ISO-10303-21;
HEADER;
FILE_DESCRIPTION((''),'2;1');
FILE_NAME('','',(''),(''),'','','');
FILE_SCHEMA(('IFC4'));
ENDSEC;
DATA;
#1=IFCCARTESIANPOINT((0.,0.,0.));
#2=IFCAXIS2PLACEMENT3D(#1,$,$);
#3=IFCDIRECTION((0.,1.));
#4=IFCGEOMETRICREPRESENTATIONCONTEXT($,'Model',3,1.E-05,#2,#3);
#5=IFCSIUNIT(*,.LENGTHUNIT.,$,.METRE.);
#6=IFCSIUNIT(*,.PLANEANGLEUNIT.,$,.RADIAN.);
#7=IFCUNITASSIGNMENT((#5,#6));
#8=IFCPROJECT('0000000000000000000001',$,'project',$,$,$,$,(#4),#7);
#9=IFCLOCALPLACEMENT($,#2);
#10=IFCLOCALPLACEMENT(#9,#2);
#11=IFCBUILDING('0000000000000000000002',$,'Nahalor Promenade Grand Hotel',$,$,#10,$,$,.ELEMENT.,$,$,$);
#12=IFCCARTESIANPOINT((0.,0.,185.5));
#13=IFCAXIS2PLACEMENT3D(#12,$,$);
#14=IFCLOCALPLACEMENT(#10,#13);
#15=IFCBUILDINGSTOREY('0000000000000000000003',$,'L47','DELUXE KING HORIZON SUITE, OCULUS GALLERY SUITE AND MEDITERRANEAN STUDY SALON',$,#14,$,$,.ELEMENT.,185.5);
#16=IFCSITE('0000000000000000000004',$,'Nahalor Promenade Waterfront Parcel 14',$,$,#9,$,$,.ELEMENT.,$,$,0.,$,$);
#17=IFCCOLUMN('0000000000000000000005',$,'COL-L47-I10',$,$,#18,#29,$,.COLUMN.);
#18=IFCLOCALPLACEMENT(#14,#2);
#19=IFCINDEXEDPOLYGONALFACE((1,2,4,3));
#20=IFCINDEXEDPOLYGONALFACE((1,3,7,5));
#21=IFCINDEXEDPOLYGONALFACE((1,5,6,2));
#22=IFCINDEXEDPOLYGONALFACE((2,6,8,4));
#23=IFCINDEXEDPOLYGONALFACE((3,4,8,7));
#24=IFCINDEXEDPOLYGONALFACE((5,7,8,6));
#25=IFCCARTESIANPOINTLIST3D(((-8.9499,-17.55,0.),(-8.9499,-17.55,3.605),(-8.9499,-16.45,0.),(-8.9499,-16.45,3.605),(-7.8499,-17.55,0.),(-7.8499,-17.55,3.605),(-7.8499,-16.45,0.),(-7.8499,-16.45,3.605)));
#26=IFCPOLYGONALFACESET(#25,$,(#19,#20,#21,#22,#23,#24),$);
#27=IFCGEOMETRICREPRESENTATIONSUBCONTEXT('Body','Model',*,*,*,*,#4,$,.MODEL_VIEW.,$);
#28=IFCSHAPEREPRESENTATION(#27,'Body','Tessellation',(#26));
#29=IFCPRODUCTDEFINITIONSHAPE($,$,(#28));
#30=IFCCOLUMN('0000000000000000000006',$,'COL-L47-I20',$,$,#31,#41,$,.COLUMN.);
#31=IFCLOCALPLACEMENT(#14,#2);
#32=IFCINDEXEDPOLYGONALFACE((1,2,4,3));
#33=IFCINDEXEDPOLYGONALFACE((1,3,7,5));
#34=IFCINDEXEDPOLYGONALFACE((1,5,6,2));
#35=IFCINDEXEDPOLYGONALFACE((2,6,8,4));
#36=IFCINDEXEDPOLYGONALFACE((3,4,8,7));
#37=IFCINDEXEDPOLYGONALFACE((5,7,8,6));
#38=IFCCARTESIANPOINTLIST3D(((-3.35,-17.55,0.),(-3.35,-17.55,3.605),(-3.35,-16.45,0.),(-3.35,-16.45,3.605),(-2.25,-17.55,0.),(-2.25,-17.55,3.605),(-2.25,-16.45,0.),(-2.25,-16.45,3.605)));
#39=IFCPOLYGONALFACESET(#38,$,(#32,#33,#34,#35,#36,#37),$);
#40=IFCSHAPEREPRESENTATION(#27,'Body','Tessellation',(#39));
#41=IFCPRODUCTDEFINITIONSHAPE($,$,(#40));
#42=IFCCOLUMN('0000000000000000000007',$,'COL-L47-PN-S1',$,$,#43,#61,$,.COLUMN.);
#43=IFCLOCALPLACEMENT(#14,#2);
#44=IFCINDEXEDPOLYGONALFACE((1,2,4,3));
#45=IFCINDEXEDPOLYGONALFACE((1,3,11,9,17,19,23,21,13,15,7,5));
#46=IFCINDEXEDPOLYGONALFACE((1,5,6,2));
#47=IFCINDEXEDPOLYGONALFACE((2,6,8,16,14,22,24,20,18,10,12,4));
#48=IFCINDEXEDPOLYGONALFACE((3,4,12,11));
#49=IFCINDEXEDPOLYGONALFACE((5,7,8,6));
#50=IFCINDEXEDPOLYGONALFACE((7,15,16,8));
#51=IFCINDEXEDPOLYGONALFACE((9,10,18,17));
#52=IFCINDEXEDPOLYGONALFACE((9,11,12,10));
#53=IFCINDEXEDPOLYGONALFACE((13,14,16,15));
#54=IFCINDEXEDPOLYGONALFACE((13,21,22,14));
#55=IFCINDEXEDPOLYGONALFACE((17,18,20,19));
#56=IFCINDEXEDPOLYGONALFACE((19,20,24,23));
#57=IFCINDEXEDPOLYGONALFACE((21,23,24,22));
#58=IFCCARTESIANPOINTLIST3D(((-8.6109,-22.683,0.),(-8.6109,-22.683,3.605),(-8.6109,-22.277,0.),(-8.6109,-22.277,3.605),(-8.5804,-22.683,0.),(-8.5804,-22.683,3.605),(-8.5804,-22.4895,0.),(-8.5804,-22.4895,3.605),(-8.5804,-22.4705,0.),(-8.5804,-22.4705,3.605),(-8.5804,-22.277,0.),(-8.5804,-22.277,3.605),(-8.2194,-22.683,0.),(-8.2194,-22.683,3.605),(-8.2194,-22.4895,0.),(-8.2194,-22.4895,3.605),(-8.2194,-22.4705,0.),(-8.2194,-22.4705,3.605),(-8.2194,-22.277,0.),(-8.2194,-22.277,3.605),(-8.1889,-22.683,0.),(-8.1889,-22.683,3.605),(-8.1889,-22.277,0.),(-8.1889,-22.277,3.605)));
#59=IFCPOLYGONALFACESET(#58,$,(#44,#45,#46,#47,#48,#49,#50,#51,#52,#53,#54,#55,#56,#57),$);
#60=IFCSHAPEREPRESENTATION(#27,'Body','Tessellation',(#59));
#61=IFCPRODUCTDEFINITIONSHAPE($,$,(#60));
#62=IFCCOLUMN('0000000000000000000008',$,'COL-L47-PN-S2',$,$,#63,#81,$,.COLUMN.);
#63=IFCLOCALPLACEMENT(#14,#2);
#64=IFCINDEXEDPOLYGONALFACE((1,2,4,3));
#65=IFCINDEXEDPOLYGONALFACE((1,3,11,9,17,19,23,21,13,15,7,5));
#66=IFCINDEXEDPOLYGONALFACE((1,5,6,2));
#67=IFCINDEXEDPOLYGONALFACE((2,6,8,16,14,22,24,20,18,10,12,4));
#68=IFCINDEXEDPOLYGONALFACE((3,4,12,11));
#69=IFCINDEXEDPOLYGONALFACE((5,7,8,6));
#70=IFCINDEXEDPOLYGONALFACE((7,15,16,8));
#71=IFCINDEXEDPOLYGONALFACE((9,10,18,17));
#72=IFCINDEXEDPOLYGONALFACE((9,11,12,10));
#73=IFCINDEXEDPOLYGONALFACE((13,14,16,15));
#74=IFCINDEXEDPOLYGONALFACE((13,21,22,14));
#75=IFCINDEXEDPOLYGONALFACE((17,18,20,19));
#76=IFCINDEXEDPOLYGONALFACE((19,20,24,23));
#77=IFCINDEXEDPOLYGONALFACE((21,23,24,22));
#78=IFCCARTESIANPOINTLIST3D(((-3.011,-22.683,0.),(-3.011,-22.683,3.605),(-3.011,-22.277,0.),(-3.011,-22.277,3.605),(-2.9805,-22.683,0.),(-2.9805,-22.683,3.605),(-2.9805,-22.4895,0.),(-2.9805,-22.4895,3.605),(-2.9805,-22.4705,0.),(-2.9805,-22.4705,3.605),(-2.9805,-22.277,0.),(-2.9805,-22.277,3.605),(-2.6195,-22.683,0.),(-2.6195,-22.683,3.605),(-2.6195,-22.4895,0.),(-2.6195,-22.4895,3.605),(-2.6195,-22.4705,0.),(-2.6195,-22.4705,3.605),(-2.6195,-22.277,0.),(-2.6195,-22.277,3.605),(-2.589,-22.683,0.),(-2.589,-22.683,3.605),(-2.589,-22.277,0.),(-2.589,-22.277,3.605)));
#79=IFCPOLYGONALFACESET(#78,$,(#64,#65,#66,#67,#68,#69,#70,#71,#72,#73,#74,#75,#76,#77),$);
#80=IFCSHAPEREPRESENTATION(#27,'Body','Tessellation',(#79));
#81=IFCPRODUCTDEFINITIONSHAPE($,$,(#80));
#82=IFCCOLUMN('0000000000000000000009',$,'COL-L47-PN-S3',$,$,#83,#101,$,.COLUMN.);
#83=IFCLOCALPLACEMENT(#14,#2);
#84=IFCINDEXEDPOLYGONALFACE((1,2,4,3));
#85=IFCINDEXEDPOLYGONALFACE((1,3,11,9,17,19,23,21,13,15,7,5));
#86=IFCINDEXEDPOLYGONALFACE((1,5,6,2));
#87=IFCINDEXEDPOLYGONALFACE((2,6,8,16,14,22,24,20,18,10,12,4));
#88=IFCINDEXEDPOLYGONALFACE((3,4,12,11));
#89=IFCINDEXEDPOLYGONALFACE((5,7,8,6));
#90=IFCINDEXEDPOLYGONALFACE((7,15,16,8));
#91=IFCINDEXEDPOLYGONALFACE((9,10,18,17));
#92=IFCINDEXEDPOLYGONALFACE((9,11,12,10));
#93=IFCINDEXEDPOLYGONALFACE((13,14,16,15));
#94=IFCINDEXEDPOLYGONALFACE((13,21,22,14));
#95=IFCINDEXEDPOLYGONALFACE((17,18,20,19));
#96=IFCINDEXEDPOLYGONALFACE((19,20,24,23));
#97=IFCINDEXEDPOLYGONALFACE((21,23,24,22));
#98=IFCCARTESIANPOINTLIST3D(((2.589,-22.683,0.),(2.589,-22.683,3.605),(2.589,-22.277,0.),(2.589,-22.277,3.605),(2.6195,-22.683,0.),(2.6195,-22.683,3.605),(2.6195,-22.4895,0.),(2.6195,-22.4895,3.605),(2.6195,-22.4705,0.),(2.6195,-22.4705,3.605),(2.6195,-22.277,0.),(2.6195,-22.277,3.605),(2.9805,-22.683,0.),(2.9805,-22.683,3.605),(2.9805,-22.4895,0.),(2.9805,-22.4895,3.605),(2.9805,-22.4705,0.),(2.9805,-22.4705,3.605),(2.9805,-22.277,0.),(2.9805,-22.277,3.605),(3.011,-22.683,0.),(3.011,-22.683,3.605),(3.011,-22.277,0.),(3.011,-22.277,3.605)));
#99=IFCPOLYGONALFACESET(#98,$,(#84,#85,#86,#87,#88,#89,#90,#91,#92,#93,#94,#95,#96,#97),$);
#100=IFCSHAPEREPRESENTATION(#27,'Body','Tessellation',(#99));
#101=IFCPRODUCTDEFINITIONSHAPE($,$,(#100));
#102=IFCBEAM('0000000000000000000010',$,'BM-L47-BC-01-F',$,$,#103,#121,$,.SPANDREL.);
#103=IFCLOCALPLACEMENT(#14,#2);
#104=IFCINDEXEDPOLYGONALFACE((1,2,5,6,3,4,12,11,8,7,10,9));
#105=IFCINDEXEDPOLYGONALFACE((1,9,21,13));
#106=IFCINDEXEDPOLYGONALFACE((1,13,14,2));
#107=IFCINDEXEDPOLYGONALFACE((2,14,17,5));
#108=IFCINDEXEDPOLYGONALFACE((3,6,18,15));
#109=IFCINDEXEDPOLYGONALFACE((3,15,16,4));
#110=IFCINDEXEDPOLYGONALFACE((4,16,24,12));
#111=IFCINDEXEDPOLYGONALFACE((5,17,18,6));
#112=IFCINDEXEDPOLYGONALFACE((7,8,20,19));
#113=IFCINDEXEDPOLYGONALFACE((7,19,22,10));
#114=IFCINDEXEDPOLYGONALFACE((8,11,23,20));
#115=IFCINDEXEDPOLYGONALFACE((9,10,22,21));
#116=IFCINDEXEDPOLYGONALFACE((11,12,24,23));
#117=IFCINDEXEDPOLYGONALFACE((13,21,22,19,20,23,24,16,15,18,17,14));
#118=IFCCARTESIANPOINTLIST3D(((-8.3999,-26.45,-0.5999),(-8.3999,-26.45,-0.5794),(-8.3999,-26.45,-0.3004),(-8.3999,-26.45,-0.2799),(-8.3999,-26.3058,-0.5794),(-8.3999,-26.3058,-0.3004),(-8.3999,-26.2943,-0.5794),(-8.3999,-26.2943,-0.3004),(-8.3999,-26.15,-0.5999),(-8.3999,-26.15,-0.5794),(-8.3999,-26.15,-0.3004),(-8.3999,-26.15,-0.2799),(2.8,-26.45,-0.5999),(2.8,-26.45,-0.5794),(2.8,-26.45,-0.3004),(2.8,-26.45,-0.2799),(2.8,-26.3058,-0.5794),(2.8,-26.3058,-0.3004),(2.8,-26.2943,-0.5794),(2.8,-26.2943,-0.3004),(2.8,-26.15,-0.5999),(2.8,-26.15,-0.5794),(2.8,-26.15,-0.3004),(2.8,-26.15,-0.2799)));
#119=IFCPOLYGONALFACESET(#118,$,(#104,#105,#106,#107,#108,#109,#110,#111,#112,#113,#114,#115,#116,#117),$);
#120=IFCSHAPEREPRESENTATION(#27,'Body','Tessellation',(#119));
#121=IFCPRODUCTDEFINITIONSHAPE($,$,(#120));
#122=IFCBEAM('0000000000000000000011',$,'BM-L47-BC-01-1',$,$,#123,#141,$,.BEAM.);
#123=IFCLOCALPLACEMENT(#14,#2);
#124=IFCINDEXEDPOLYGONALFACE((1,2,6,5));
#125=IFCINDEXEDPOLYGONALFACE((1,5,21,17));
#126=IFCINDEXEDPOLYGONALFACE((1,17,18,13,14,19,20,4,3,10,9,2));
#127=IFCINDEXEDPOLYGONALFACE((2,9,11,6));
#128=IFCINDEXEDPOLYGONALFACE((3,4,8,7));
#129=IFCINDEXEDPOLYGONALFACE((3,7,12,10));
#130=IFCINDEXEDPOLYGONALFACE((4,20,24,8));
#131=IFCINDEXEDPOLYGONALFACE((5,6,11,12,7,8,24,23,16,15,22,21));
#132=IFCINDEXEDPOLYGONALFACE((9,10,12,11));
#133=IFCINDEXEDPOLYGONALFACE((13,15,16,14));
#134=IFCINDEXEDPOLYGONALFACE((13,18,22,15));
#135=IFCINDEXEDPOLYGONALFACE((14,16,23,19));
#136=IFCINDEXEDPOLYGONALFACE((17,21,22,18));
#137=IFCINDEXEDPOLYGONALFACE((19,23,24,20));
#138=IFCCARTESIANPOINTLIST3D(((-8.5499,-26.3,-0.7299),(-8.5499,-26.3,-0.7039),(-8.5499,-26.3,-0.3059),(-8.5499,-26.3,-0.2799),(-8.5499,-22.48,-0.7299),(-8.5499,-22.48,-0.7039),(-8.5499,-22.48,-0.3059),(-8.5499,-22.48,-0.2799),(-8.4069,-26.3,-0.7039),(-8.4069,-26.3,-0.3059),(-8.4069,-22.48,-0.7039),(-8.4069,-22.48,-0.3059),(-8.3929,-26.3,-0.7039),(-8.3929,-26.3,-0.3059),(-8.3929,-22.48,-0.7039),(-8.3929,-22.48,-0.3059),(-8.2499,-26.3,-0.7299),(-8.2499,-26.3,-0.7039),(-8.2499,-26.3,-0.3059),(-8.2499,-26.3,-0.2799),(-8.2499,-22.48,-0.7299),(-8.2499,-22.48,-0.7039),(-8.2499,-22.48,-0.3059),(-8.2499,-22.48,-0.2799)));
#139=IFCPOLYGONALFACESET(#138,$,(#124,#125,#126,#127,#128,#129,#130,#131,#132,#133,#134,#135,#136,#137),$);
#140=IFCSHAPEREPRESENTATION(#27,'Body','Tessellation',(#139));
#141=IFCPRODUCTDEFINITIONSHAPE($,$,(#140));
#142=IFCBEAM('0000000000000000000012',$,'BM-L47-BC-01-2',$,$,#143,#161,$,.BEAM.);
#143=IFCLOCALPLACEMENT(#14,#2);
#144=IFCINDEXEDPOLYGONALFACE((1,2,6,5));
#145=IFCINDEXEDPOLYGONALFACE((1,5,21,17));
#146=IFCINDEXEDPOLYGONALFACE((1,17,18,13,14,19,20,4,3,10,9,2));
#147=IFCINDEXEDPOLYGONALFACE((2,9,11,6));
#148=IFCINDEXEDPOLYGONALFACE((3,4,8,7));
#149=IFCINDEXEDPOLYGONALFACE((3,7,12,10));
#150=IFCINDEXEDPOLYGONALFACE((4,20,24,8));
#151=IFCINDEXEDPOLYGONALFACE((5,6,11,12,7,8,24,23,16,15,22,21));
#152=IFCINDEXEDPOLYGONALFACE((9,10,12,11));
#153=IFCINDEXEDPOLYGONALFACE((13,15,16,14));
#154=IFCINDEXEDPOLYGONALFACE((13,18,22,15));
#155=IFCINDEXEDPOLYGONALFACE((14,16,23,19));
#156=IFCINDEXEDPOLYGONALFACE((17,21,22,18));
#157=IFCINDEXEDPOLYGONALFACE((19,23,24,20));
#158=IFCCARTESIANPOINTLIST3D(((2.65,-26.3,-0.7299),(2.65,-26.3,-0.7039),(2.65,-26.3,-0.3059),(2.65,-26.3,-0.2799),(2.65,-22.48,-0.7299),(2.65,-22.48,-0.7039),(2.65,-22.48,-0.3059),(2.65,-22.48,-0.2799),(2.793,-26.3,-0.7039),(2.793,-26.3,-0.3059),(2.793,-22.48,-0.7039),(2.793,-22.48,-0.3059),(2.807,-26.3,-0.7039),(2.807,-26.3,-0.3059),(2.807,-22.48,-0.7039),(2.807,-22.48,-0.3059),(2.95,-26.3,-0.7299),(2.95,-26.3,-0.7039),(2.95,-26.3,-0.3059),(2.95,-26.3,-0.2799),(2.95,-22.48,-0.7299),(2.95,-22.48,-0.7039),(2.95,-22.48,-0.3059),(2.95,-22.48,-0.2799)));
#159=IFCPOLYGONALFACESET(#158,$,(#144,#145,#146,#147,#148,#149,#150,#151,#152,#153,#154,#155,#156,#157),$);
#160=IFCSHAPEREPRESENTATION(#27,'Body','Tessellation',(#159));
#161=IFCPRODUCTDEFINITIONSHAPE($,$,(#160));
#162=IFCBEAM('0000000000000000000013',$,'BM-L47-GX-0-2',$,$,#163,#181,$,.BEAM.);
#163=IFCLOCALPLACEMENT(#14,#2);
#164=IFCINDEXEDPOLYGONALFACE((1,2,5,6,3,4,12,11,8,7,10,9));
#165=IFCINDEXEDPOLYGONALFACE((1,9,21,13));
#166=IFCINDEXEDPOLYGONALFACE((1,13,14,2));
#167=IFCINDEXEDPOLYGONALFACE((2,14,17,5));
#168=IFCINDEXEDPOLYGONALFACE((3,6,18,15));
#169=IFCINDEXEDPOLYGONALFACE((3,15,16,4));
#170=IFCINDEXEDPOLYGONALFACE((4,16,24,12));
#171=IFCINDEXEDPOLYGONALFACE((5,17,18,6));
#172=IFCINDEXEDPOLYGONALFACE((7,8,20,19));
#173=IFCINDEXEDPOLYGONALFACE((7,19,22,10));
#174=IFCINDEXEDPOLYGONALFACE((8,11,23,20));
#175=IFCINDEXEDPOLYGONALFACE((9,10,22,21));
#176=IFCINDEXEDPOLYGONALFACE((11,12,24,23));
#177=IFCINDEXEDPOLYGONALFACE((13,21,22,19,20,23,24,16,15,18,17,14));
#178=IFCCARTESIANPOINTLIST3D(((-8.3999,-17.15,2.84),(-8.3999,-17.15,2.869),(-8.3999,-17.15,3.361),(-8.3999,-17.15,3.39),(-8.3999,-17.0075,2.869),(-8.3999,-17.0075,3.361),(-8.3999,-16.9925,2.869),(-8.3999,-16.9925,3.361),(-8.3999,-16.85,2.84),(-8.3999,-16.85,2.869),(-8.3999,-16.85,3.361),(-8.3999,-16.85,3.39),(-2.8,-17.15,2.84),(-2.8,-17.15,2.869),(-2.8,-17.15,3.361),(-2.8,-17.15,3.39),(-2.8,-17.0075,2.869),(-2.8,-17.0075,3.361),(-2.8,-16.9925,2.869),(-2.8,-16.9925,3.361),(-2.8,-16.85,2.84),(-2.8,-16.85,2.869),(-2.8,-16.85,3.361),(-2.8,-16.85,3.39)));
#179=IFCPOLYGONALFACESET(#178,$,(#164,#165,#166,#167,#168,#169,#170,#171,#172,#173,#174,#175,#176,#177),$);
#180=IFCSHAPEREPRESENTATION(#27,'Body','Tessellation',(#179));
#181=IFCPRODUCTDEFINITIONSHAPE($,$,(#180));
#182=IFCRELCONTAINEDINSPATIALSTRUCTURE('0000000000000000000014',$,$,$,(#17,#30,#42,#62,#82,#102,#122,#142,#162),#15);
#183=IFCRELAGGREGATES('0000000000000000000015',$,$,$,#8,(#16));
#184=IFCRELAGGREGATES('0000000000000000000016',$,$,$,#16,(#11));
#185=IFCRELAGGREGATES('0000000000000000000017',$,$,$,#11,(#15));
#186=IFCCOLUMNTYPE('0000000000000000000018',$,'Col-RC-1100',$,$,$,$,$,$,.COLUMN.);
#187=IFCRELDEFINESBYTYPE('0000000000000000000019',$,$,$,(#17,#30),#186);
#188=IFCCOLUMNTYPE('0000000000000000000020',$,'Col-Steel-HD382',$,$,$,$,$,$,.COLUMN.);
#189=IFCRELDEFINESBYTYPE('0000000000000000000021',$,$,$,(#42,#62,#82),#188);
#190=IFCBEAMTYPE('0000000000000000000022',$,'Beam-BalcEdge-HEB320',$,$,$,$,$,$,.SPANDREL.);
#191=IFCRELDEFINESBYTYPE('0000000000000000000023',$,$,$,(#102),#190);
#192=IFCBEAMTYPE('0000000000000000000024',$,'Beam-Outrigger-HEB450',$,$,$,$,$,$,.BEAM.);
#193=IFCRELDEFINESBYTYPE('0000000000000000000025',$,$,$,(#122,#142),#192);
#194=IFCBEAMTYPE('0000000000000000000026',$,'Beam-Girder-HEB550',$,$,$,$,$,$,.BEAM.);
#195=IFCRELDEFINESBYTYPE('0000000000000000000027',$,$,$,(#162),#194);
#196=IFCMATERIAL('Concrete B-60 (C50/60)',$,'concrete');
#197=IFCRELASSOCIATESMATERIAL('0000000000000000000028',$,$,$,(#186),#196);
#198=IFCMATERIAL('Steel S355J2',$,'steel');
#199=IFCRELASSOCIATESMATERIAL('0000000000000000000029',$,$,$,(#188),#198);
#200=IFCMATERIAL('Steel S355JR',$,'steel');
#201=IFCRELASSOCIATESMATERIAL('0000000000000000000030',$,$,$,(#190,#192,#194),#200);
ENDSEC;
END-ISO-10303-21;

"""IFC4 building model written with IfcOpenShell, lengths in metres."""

from ifc_helpers import new_model, si_unit, direction, frame, origin, origin_2d, place, context, subcontext, project, spatial, rectangle, i_section, extrude, source, transform, mapped, material, material_profile, profile_set, type_object, element, save


model = new_model("IFC4")

# Units and contexts
model_context = context("Model", 3, precision=1e-05, world=origin(), true_north=direction((0.0, 1.0)))
body_context = subcontext(model_context, "Body", "Model", "MODEL_VIEW")
ifc_project = project(units=[si_unit("LENGTHUNIT", "METRE"), si_unit("PLANEANGLEUNIT", "RADIAN")], contexts=[model_context])

# Site, building, storey
site_placement = place(None, origin())
site = spatial("IfcSite", under=ifc_project, at=site_placement, Name="Nahalor Promenade Waterfront Parcel 14", CompositionType="ELEMENT", RefElevation=0.0)
building_placement = place(site_placement, origin())
building = spatial("IfcBuilding", under=site, at=building_placement, Name="Nahalor Promenade Grand Hotel", CompositionType="ELEMENT")
storey_placement = place(building_placement, frame((0.0, 0.0, 185.5)))
storey = spatial("IfcBuildingStorey", under=building, at=storey_placement, Name="L47", Description="DELUXE KING HORIZON SUITE, OCULUS GALLERY SUITE AND MEDITERRANEAN STUDY SALON", CompositionType="ELEMENT", Elevation=185.5)

# Columns
ifc_material_1 = material(Name="Concrete B-60 (C50/60)", Category="concrete")
ifc_material_profile_1 = material_profile(ifc_material_1, rectangle(XDim=1.1, YDim=1.1, at=origin_2d()), Name="RC 1100x1100")
ifc_profile_set_1 = profile_set([ifc_material_profile_1], Name="Concrete B-60 (C50/60)")
column_type_1 = type_object("IfcColumnType", Name="Col-RC-1100", PredefinedType="COLUMN", material=ifc_profile_set_1)
shared_shape_1 = source(origin(), body_context, "Body", "SweptSolid", [
    extrude(rectangle(XDim=1.1, YDim=1.1, at=origin_2d()), origin(), (0.0, 0.0, 1.0), 3.605),
])
for number, where, z_axis, x_axis, name in (
    (1, (-8.3999, -17.0, 0.0), (0.0, 0.0, 1.0), (1.0, 0.0, 0.0), "COL-L47-I10"),
    (2, (-2.8, -17.0, 0.0), (0.0, 0.0, 1.0), (1.0, 0.0, 0.0), "COL-L47-I20"),
):
    element("IfcColumn", number, at=place(storey_placement, frame(where, z_axis=z_axis, x_axis=x_axis)), inside=storey, type_object=column_type_1, Name=name, PredefinedType="COLUMN", context=body_context, shape_type="MappedRepresentation", body=[
        mapped(shared_shape_1, transform((0.0, 0.0, 0.0), scale=1.0)),
    ])
ifc_material_2 = material(Name="Steel S355J2", Category="steel")
ifc_material_profile_2 = material_profile(ifc_material_2, i_section(OverallWidth=0.406, OverallDepth=0.422, WebThickness=0.019, FlangeThickness=0.0305, at=origin_2d()), Name="HD 400x382")
ifc_profile_set_2 = profile_set([ifc_material_profile_2], Name="Steel S355J2")
column_type_2 = type_object("IfcColumnType", Name="Col-Steel-HD382", PredefinedType="COLUMN", material=ifc_profile_set_2)
shared_shape_2 = source(origin(), body_context, "Body", "SweptSolid", [
    extrude(i_section(OverallWidth=0.406, OverallDepth=0.422, WebThickness=0.019, FlangeThickness=0.0305, at=origin_2d()), origin(), (0.0, 0.0, 1.0), 3.605),
])
for number, where, z_axis, x_axis, name in (
    (3, (-8.3999, -22.48, 0.0), (0.0, 0.0, 1.0), (0.0, 1.0, 0.0), "COL-L47-PN-S1"),
    (4, (-2.8, -22.48, 0.0), (0.0, 0.0, 1.0), (0.0, 1.0, 0.0), "COL-L47-PN-S2"),
    (5, (2.8, -22.48, 0.0), (0.0, 0.0, 1.0), (0.0, 1.0, 0.0), "COL-L47-PN-S3"),
):
    element("IfcColumn", number, at=place(storey_placement, frame(where, z_axis=z_axis, x_axis=x_axis)), inside=storey, type_object=column_type_2, Name=name, PredefinedType="COLUMN", context=body_context, shape_type="MappedRepresentation", body=[
        mapped(shared_shape_2, transform((0.0, 0.0, 0.0), scale=1.0)),
    ])

# Beams
ifc_material_3 = material(Name="Steel S355JR", Category="steel")
ifc_material_profile_3 = material_profile(ifc_material_3, i_section(OverallWidth=0.3, OverallDepth=0.32, WebThickness=0.0115, FlangeThickness=0.0205, at=origin_2d()), Name="HEB 320")
ifc_profile_set_3 = profile_set([ifc_material_profile_3], Name="Steel S355JR")
beam_type_1 = type_object("IfcBeamType", Name="Beam-BalcEdge-HEB320", PredefinedType="SPANDREL", material=ifc_profile_set_3)
shared_shape_3 = source(origin(), body_context, "Body", "SweptSolid", [
    extrude(i_section(OverallWidth=0.3, OverallDepth=0.32, WebThickness=0.0115, FlangeThickness=0.0205, at=origin_2d()), origin(), (0.0, 0.0, 1.0), 11.2),
])
beam_1_placement = place(storey_placement, frame((-8.3999, -26.3, -0.4399), z_axis=(1.0, 0.0, 0.0), x_axis=(0.0, 1.0, 0.0)))
element("IfcBeam", 6, at=beam_1_placement, inside=storey, type_object=beam_type_1, Name="BM-L47-BC-01-F", PredefinedType="SPANDREL", context=body_context, shape_type="MappedRepresentation", body=[
    mapped(shared_shape_3, transform((0.0, 0.0, 0.0), scale=1.0)),
])
ifc_material_profile_4 = material_profile(ifc_material_3, i_section(OverallWidth=0.3, OverallDepth=0.45, WebThickness=0.014, FlangeThickness=0.026, at=origin_2d()), Name="HEB 450")
ifc_profile_set_4 = profile_set([ifc_material_profile_4], Name="Steel S355JR")
beam_type_2 = type_object("IfcBeamType", Name="Beam-Outrigger-HEB450", PredefinedType="BEAM", material=ifc_profile_set_4)
shared_shape_4 = source(origin(), body_context, "Body", "SweptSolid", [
    extrude(i_section(OverallWidth=0.3, OverallDepth=0.45, WebThickness=0.014, FlangeThickness=0.026, at=origin_2d()), origin(), (0.0, 0.0, 1.0), 3.8201),
])
for number, where, z_axis, x_axis, name in (
    (7, (-8.3999, -26.3, -0.5049), (0.0, 1.0, 0.0), (-1.0, 0.0, 0.0), "BM-L47-BC-01-1"),
    (8, (2.8, -26.3, -0.5049), (0.0, 1.0, 0.0), (-1.0, 0.0, 0.0), "BM-L47-BC-01-2"),
):
    element("IfcBeam", number, at=place(storey_placement, frame(where, z_axis=z_axis, x_axis=x_axis)), inside=storey, type_object=beam_type_2, Name=name, PredefinedType="BEAM", context=body_context, shape_type="MappedRepresentation", body=[
        mapped(shared_shape_4, transform((0.0, 0.0, 0.0), scale=1.0)),
    ])
ifc_material_profile_5 = material_profile(ifc_material_3, i_section(OverallWidth=0.3, OverallDepth=0.55, WebThickness=0.015, FlangeThickness=0.029, at=origin_2d()), Name="HEB 550")
ifc_profile_set_5 = profile_set([ifc_material_profile_5], Name="Steel S355JR")
beam_type_3 = type_object("IfcBeamType", Name="Beam-Girder-HEB550", PredefinedType="BEAM", material=ifc_profile_set_5)
shared_shape_5 = source(origin(), body_context, "Body", "SweptSolid", [
    extrude(i_section(OverallWidth=0.3, OverallDepth=0.55, WebThickness=0.015, FlangeThickness=0.029, at=origin_2d()), origin(), (0.0, 0.0, 1.0), 5.5999),
])
beam_2_placement = place(storey_placement, frame((-8.3999, -17.0, 3.115), z_axis=(1.0, 0.0, 0.0), x_axis=(0.0, 1.0, 0.0)))
element("IfcBeam", 9, at=beam_2_placement, inside=storey, type_object=beam_type_3, Name="BM-L47-GX-0-2", PredefinedType="BEAM", context=body_context, shape_type="MappedRepresentation", body=[
    mapped(shared_shape_5, transform((0.0, 0.0, 0.0), scale=1.0)),
])

save(model, "model.ifc")
